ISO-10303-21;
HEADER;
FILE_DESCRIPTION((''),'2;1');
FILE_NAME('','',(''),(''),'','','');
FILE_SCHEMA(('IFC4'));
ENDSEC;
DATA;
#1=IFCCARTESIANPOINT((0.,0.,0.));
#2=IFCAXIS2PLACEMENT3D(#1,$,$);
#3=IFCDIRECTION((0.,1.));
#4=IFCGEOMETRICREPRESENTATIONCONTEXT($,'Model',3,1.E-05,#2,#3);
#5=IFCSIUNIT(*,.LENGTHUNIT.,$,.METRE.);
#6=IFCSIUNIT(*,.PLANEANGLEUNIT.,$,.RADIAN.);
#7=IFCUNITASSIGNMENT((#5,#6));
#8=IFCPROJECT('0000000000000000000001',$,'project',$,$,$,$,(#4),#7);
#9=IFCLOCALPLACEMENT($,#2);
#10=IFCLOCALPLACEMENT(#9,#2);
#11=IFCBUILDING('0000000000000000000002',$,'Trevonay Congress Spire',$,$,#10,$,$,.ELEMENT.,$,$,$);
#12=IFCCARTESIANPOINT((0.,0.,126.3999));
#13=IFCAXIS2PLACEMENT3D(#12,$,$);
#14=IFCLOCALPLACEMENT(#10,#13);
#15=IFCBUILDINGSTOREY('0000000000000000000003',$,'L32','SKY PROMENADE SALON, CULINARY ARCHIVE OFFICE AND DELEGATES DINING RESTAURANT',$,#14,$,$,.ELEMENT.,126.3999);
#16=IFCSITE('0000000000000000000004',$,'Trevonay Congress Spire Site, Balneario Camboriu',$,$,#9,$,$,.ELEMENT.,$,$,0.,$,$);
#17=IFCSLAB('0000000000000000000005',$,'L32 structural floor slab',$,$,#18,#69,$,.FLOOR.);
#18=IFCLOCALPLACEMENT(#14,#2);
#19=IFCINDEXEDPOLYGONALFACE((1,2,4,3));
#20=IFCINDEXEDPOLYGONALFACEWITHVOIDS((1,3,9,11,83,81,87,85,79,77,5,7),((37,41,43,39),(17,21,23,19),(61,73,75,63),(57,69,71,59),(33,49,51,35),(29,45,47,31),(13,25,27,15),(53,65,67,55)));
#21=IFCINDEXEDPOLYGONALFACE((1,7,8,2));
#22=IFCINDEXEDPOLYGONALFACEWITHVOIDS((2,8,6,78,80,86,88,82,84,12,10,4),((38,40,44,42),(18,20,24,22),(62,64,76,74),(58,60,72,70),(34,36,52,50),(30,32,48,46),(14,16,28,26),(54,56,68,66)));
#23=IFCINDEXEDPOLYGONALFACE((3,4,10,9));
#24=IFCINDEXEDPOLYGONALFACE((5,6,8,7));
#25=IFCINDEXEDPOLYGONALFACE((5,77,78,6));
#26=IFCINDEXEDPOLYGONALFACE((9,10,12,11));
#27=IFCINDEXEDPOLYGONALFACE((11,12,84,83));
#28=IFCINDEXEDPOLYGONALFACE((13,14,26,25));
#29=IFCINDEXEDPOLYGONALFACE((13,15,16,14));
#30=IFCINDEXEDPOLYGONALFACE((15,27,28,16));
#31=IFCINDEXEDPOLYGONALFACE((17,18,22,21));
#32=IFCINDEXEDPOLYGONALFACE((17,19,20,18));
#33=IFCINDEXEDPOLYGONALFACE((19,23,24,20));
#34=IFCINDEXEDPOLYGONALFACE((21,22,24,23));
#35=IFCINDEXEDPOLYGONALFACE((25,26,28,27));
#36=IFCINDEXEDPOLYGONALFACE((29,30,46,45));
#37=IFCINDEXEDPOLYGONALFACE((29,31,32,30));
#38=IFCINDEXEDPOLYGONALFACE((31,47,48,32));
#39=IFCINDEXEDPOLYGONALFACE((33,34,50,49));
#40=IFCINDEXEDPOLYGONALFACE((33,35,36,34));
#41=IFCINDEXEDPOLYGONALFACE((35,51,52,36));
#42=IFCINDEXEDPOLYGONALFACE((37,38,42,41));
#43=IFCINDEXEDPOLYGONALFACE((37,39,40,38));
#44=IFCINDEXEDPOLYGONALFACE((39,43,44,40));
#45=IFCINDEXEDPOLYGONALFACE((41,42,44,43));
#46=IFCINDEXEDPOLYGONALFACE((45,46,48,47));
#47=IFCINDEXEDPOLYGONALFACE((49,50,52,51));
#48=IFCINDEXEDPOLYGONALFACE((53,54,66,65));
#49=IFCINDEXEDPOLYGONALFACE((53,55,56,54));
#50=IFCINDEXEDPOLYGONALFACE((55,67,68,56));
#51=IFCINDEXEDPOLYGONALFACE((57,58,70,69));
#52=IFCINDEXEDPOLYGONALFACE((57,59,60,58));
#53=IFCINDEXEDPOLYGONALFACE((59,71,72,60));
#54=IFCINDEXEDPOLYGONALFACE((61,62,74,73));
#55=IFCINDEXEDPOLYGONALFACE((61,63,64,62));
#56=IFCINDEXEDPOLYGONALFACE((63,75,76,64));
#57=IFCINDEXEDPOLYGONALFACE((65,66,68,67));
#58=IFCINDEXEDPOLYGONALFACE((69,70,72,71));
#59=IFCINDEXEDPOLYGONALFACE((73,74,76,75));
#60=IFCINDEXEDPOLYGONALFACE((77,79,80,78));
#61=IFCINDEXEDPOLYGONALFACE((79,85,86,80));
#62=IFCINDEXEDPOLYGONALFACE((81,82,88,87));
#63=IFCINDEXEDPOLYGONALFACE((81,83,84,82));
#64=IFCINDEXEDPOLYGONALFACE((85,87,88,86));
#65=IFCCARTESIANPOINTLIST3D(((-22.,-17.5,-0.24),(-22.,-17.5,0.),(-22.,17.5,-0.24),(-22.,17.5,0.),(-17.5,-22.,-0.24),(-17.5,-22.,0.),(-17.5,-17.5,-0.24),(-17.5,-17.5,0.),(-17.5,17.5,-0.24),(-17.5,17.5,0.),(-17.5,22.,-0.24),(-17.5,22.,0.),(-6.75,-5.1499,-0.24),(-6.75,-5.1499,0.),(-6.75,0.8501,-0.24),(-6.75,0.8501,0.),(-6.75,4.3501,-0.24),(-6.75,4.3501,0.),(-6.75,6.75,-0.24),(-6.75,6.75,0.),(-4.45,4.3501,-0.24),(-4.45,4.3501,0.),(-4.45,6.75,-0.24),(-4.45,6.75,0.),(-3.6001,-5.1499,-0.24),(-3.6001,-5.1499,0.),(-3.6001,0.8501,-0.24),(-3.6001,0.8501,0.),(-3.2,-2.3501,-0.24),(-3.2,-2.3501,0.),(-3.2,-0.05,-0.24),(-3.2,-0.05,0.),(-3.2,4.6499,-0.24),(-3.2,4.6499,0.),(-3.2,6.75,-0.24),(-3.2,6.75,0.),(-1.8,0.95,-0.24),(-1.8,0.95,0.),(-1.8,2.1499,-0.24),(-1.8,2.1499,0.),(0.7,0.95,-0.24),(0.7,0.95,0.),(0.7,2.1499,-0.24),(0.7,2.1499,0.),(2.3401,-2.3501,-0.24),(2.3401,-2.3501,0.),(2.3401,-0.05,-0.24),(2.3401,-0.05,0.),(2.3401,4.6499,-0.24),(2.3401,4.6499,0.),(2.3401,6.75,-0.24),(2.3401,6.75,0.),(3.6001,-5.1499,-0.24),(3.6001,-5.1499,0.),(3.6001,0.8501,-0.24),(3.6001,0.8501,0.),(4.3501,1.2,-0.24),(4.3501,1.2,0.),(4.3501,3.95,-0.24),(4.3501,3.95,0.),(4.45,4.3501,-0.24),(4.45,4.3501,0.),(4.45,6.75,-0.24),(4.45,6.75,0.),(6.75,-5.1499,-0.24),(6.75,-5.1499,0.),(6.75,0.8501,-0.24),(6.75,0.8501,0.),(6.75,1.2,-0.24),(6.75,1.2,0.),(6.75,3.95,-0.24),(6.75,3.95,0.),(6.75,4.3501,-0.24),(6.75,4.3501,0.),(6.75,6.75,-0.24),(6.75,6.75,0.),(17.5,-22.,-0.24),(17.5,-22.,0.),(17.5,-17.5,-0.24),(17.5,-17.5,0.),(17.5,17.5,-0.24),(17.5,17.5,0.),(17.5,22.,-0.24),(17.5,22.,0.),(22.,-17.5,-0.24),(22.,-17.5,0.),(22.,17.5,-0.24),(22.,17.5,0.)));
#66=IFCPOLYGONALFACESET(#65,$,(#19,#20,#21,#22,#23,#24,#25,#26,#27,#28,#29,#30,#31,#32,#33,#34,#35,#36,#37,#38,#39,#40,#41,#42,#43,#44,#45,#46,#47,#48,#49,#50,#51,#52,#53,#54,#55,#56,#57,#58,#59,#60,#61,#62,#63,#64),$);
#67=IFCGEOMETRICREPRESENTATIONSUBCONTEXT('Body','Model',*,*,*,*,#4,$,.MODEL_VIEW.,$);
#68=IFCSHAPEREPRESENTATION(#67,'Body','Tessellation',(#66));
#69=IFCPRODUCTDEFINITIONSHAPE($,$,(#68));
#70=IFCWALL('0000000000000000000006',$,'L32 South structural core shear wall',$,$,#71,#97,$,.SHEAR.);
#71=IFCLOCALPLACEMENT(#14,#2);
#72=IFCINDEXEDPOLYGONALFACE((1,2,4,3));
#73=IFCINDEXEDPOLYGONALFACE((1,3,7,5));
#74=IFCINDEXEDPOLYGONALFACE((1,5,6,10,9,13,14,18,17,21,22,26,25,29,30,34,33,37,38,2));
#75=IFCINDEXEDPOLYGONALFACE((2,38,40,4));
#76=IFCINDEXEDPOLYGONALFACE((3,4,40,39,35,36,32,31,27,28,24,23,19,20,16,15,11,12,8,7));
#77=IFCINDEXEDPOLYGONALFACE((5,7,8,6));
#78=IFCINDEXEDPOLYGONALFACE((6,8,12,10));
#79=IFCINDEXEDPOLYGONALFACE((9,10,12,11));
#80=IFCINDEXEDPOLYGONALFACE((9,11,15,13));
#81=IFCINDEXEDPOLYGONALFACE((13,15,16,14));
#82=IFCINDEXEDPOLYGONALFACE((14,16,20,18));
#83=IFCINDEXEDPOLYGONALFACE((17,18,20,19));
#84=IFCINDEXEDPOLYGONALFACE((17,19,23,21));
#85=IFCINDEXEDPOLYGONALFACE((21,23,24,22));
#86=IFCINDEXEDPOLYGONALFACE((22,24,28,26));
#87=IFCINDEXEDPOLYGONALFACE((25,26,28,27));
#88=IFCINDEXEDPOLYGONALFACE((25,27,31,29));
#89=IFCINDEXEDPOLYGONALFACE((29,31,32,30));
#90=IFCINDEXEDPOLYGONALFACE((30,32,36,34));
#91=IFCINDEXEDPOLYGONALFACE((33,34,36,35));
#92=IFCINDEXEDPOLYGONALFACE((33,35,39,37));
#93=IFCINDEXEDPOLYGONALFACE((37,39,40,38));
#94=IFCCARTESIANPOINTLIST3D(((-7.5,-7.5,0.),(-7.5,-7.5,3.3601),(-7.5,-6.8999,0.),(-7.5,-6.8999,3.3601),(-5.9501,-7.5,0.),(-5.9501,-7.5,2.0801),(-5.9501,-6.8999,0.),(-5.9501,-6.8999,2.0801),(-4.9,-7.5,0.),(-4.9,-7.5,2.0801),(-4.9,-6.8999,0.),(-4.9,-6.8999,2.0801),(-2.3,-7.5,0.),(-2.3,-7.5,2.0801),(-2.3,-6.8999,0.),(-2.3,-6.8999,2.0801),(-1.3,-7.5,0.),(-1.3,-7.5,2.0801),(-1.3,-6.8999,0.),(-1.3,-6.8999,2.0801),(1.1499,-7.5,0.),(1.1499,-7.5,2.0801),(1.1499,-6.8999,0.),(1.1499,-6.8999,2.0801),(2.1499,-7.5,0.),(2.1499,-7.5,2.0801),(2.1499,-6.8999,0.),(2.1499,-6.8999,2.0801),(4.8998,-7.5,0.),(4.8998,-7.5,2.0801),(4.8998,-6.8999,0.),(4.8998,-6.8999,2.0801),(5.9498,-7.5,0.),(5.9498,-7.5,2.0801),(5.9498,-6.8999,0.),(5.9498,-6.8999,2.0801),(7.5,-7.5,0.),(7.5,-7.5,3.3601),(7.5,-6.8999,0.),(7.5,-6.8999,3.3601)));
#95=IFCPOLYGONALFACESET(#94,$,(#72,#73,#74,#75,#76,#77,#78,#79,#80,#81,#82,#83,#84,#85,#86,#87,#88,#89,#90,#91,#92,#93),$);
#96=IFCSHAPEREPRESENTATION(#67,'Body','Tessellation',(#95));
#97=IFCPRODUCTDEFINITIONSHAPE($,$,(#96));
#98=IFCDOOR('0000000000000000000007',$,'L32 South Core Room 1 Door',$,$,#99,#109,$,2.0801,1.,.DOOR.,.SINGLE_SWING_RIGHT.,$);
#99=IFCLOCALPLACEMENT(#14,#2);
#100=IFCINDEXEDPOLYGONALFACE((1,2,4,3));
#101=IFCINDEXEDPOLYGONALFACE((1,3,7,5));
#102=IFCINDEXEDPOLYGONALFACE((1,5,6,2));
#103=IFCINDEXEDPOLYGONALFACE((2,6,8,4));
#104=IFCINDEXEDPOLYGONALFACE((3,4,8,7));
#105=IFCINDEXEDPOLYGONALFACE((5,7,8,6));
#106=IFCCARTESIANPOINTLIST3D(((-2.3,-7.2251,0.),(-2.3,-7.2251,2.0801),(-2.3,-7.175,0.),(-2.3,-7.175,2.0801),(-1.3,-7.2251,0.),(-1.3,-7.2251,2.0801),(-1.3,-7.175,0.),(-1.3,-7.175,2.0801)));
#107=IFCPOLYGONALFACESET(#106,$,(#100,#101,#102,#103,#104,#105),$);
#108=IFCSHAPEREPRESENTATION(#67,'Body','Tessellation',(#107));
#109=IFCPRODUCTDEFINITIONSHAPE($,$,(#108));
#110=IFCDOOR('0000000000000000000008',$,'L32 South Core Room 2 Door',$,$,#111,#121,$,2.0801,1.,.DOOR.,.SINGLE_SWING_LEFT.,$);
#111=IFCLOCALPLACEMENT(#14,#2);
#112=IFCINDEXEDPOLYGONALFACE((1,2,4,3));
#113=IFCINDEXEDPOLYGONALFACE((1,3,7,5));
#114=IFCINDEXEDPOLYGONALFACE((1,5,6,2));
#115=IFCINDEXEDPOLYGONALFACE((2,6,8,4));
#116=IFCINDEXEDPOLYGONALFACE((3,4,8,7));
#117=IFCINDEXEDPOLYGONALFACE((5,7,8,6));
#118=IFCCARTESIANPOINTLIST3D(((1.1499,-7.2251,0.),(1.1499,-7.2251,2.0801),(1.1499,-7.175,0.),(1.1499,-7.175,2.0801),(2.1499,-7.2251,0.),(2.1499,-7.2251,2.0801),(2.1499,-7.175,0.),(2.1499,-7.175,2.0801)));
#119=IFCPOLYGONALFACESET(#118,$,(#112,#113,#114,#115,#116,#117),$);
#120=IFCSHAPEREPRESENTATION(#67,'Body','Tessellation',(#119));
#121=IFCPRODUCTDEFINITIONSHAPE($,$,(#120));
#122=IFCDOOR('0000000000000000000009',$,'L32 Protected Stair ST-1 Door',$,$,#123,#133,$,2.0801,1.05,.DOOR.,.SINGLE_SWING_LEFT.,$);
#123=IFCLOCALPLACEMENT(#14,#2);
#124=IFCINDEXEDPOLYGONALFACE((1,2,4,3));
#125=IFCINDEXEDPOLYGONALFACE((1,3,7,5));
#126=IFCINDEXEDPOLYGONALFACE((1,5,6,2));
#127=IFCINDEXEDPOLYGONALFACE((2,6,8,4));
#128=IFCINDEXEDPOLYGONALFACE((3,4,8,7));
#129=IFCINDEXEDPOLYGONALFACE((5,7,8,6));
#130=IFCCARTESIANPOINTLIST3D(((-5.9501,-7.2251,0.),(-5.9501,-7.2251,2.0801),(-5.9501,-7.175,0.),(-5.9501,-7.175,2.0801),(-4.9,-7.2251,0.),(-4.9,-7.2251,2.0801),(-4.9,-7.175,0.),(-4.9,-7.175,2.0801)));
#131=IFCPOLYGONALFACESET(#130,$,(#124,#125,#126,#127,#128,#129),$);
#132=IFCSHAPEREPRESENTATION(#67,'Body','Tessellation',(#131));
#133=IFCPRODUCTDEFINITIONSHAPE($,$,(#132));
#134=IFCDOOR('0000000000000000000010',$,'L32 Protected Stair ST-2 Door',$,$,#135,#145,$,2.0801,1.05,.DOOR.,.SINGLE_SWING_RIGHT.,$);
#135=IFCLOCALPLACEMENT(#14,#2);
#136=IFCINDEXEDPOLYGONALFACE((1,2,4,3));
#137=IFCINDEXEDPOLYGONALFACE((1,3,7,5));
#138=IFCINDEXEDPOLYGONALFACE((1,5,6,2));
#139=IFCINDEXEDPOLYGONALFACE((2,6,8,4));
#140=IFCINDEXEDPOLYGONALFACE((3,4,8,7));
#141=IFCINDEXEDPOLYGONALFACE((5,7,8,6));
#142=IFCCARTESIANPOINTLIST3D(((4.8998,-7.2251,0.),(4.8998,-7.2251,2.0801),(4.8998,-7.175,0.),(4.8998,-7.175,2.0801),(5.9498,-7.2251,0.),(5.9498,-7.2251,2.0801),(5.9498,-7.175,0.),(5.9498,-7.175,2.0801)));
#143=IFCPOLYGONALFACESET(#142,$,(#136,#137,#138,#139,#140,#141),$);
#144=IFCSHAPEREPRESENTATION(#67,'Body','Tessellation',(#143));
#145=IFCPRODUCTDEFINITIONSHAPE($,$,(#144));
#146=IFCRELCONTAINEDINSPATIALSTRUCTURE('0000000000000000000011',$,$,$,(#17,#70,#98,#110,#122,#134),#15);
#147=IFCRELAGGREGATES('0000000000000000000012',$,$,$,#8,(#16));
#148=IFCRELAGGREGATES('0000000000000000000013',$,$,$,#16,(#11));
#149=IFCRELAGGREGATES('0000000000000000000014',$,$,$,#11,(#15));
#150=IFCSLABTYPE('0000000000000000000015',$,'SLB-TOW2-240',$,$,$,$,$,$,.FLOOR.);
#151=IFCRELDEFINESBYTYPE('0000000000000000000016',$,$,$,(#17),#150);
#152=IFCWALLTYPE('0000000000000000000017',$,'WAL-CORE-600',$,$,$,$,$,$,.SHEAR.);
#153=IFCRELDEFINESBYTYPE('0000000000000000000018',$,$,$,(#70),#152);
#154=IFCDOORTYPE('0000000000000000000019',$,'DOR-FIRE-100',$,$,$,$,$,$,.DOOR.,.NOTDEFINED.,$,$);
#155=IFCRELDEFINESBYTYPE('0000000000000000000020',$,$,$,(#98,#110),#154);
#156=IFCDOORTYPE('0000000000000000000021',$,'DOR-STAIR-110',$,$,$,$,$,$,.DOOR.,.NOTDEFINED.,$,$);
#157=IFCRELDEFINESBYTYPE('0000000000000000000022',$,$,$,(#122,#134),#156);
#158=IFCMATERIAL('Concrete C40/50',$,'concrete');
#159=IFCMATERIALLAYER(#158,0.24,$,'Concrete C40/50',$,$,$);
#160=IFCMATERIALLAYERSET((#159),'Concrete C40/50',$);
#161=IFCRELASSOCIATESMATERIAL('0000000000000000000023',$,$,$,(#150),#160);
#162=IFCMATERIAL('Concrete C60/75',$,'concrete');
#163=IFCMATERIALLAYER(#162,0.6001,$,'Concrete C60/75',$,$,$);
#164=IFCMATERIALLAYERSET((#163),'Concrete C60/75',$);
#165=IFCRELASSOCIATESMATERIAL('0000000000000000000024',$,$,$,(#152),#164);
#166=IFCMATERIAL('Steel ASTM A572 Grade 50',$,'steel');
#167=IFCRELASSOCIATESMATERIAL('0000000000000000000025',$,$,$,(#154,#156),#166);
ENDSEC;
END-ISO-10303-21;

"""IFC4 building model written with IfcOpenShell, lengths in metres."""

from ifc_helpers import new_model, si_unit, direction, frame, frame_2d, origin, place, context, subcontext, project, spatial, polyline, rectangle, outline, extrude, material, layer, layer_set, type_object, element, fill, save


model = new_model("IFC4")

# Units and contexts
model_context = context("Model", 3, precision=1e-05, world=origin(), true_north=direction((0.0, 1.0)))
body_context = subcontext(model_context, "Body", "Model", "MODEL_VIEW")
ifc_project = project(units=[si_unit("LENGTHUNIT", "METRE"), si_unit("PLANEANGLEUNIT", "RADIAN")], contexts=[model_context])

# Site, building, storey
site_placement = place(None, origin())
site = spatial("IfcSite", under=ifc_project, at=site_placement, Name="Trevonay Congress Spire Site, Balneario Camboriu", CompositionType="ELEMENT", RefElevation=0.0)
building_placement = place(site_placement, origin())
building = spatial("IfcBuilding", under=site, at=building_placement, Name="Trevonay Congress Spire", CompositionType="ELEMENT")
storey_placement = place(building_placement, frame((0.0, 0.0, 126.3999)))
storey = spatial("IfcBuildingStorey", under=building, at=storey_placement, Name="L32", Description="SKY PROMENADE SALON, CULINARY ARCHIVE OFFICE AND DELEGATES DINING RESTAURANT", CompositionType="ELEMENT", Elevation=126.3999)

# Shared definitions
ifc_material_1 = material(Name="Steel ASTM A572 Grade 50", Category="steel")

# Slab
ifc_material_2 = material(Name="Concrete C40/50", Category="concrete")
ifc_layer_1 = layer(ifc_material_2, 0.24, Name="Concrete C40/50")
ifc_layer_set_1 = layer_set([ifc_layer_1], Name="Concrete C40/50")
slab_type = type_object("IfcSlabType", Name="SLB-TOW2-240", PredefinedType="FLOOR", material=ifc_layer_set_1)
slab_placement = place(storey_placement, frame((0.0, 0.0, -0.24)))
element("IfcSlab", 1, at=slab_placement, inside=storey, type_object=slab_type, Name="L32 structural floor slab", PredefinedType="FLOOR", context=body_context, shape_type="SweptSolid", body=[
    extrude(outline(polyline([(-17.5, -22.0), (17.5, -22.0), (17.5, -17.5), (22.0, -17.5), (22.0, 17.5), (17.5, 17.5), (17.5, 22.0), (-17.5, 22.0), (-17.5, 17.5), (-22.0, 17.5), (-22.0, -17.5), (-17.5, -17.5), (-17.5, -22.0)]), holes=[polyline([(-3.6001, -5.1499), (-3.6001, 0.8501), (-6.75, 0.8501), (-6.75, -5.1499), (-3.6001, -5.1499)]), polyline([(6.75, -5.1499), (6.75, 0.8501), (3.6001, 0.8501), (3.6001, -5.1499), (6.75, -5.1499)]), polyline([(-3.2, -2.3501), (2.3401, -2.3501), (2.3401, -0.05), (-3.2, -0.05), (-3.2, -2.3501)]), polyline([(-3.2, 4.6499), (2.3401, 4.6499), (2.3401, 6.75), (-3.2, 6.75), (-3.2, 4.6499)]), polyline([(-6.75, 4.3501), (-4.45, 4.3501), (-4.45, 6.75), (-6.75, 6.75), (-6.75, 4.3501)]), polyline([(4.45, 4.3501), (6.75, 4.3501), (6.75, 6.75), (4.45, 6.75), (4.45, 4.3501)]), polyline([(4.3501, 1.2), (6.75, 1.2), (6.75, 3.95), (4.3501, 3.95), (4.3501, 1.2)]), polyline([(-1.8, 0.95), (0.7, 0.95), (0.7, 2.1499), (-1.8, 2.1499), (-1.8, 0.95)])]), origin(), (0.0, 0.0, 1.0), 0.24),
])

# Wall, openings, doors
ifc_material_3 = material(Name="Concrete C60/75", Category="concrete")
ifc_layer_2 = layer(ifc_material_3, 0.6001, Name="Concrete C60/75")
ifc_layer_set_2 = layer_set([ifc_layer_2], Name="Concrete C60/75")
wall_type_1 = type_object("IfcWallType", Name="WAL-CORE-600", PredefinedType="SHEAR", material=ifc_layer_set_2)
wall_1_placement = place(storey_placement, frame((-7.5, -7.2, 0.0), z_axis=(0.0, 0.0, 1.0), x_axis=(1.0, 0.0, 0.0)))
wall_1 = element("IfcWall", 2, at=wall_1_placement, inside=storey, type_object=wall_type_1, Name="L32 South structural core shear wall", PredefinedType="SHEAR", context=body_context, shape_type="SweptSolid", body=[
    extrude(rectangle(XDim=15.0, YDim=0.6001, at=frame_2d((7.5, 0.0))), origin(), (0.0, 0.0, 1.0), 3.3601),
])
opening_1_placement = place(wall_1_placement, frame((1.55, 0.0, 0.0)))
opening_1 = element("IfcOpeningElement", 3, at=opening_1_placement, cuts=wall_1, PredefinedType="OPENING", context=body_context, shape_type="SweptSolid", body=[
    extrude(rectangle(XDim=1.05, YDim=2.0801, at=frame_2d((0.5249, 1.04))), frame((0.0, 0.3101, 0.0), z_axis=(0.0, -1.0, 0.0), x_axis=(1.0, 0.0, 0.0)), (0.0, 0.0, 1.0), 0.6201),
])
opening_2_placement = place(wall_1_placement, frame((12.3999, 0.0, 0.0)))
opening_2 = element("IfcOpeningElement", 4, at=opening_2_placement, cuts=wall_1, PredefinedType="OPENING", context=body_context, shape_type="SweptSolid", body=[
    extrude(rectangle(XDim=1.05, YDim=2.0801, at=frame_2d((0.5249, 1.04))), frame((0.0, 0.3101, 0.0), z_axis=(0.0, -1.0, 0.0), x_axis=(1.0, 0.0, 0.0)), (0.0, 0.0, 1.0), 0.6201),
])
opening_3_placement = place(wall_1_placement, frame((5.2, 0.0, 0.0)))
opening_3 = element("IfcOpeningElement", 5, at=opening_3_placement, cuts=wall_1, PredefinedType="OPENING", context=body_context, shape_type="SweptSolid", body=[
    extrude(rectangle(XDim=1.0, YDim=2.0801, at=frame_2d((0.5, 1.04))), frame((0.0, 0.3101, 0.0), z_axis=(0.0, -1.0, 0.0), x_axis=(1.0, 0.0, 0.0)), (0.0, 0.0, 1.0), 0.6201),
])
opening_4_placement = place(wall_1_placement, frame((8.6499, 0.0, 0.0)))
opening_4 = element("IfcOpeningElement", 6, at=opening_4_placement, cuts=wall_1, PredefinedType="OPENING", context=body_context, shape_type="SweptSolid", body=[
    extrude(rectangle(XDim=1.0, YDim=2.0801, at=frame_2d((0.5, 1.04))), frame((0.0, 0.3101, 0.0), z_axis=(0.0, -1.0, 0.0), x_axis=(1.0, 0.0, 0.0)), (0.0, 0.0, 1.0), 0.6201),
])
door_type_1 = type_object("IfcDoorType", Name="DOR-FIRE-100", OperationType="NOTDEFINED", PredefinedType="DOOR", material=ifc_material_1)
door_1_placement = place(opening_3_placement, origin())
door_1 = element("IfcDoor", 7, at=door_1_placement, inside=storey, type_object=door_type_1, Name="L32 South Core Room 1 Door", OperationType="SINGLE_SWING_RIGHT", OverallHeight=2.0801, OverallWidth=1.0, PredefinedType="DOOR", context=body_context, shape_type="SweptSolid", body=[
    extrude(rectangle(XDim=1.0, YDim=2.0801, at=frame_2d((0.5, 1.04))), frame((0.0, 0.0249, 0.0), z_axis=(0.0, -1.0, 0.0), x_axis=(1.0, 0.0, 0.0)), (0.0, 0.0, 1.0), 0.05),
])
fill(opening_3, door_1)
door_2_placement = place(opening_4_placement, origin())
door_2 = element("IfcDoor", 8, at=door_2_placement, inside=storey, type_object=door_type_1, Name="L32 South Core Room 2 Door", OperationType="SINGLE_SWING_LEFT", OverallHeight=2.0801, OverallWidth=1.0, PredefinedType="DOOR", context=body_context, shape_type="SweptSolid", body=[
    extrude(rectangle(XDim=1.0, YDim=2.0801, at=frame_2d((0.5, 1.04))), frame((0.0, 0.0249, 0.0), z_axis=(0.0, -1.0, 0.0), x_axis=(1.0, 0.0, 0.0)), (0.0, 0.0, 1.0), 0.05),
])
fill(opening_4, door_2)
door_type_2 = type_object("IfcDoorType", Name="DOR-STAIR-110", OperationType="NOTDEFINED", PredefinedType="DOOR", material=ifc_material_1)
door_3_placement = place(opening_1_placement, origin())
door_3 = element("IfcDoor", 9, at=door_3_placement, inside=storey, type_object=door_type_2, Name="L32 Protected Stair ST-1 Door", OperationType="SINGLE_SWING_LEFT", OverallHeight=2.0801, OverallWidth=1.05, PredefinedType="DOOR", context=body_context, shape_type="SweptSolid", body=[
    extrude(rectangle(XDim=1.05, YDim=2.0801, at=frame_2d((0.5249, 1.04))), frame((0.0, 0.0249, 0.0), z_axis=(0.0, -1.0, 0.0), x_axis=(1.0, 0.0, 0.0)), (0.0, 0.0, 1.0), 0.05),
])
fill(opening_1, door_3)
door_4_placement = place(opening_2_placement, origin())
door_4 = element("IfcDoor", 10, at=door_4_placement, inside=storey, type_object=door_type_2, Name="L32 Protected Stair ST-2 Door", OperationType="SINGLE_SWING_RIGHT", OverallHeight=2.0801, OverallWidth=1.05, PredefinedType="DOOR", context=body_context, shape_type="SweptSolid", body=[
    extrude(rectangle(XDim=1.05, YDim=2.0801, at=frame_2d((0.5249, 1.04))), frame((0.0, 0.0249, 0.0), z_axis=(0.0, -1.0, 0.0), x_axis=(1.0, 0.0, 0.0)), (0.0, 0.0, 1.0), 0.05),
])
fill(opening_2, door_4)

save(model, "model.ifc")
